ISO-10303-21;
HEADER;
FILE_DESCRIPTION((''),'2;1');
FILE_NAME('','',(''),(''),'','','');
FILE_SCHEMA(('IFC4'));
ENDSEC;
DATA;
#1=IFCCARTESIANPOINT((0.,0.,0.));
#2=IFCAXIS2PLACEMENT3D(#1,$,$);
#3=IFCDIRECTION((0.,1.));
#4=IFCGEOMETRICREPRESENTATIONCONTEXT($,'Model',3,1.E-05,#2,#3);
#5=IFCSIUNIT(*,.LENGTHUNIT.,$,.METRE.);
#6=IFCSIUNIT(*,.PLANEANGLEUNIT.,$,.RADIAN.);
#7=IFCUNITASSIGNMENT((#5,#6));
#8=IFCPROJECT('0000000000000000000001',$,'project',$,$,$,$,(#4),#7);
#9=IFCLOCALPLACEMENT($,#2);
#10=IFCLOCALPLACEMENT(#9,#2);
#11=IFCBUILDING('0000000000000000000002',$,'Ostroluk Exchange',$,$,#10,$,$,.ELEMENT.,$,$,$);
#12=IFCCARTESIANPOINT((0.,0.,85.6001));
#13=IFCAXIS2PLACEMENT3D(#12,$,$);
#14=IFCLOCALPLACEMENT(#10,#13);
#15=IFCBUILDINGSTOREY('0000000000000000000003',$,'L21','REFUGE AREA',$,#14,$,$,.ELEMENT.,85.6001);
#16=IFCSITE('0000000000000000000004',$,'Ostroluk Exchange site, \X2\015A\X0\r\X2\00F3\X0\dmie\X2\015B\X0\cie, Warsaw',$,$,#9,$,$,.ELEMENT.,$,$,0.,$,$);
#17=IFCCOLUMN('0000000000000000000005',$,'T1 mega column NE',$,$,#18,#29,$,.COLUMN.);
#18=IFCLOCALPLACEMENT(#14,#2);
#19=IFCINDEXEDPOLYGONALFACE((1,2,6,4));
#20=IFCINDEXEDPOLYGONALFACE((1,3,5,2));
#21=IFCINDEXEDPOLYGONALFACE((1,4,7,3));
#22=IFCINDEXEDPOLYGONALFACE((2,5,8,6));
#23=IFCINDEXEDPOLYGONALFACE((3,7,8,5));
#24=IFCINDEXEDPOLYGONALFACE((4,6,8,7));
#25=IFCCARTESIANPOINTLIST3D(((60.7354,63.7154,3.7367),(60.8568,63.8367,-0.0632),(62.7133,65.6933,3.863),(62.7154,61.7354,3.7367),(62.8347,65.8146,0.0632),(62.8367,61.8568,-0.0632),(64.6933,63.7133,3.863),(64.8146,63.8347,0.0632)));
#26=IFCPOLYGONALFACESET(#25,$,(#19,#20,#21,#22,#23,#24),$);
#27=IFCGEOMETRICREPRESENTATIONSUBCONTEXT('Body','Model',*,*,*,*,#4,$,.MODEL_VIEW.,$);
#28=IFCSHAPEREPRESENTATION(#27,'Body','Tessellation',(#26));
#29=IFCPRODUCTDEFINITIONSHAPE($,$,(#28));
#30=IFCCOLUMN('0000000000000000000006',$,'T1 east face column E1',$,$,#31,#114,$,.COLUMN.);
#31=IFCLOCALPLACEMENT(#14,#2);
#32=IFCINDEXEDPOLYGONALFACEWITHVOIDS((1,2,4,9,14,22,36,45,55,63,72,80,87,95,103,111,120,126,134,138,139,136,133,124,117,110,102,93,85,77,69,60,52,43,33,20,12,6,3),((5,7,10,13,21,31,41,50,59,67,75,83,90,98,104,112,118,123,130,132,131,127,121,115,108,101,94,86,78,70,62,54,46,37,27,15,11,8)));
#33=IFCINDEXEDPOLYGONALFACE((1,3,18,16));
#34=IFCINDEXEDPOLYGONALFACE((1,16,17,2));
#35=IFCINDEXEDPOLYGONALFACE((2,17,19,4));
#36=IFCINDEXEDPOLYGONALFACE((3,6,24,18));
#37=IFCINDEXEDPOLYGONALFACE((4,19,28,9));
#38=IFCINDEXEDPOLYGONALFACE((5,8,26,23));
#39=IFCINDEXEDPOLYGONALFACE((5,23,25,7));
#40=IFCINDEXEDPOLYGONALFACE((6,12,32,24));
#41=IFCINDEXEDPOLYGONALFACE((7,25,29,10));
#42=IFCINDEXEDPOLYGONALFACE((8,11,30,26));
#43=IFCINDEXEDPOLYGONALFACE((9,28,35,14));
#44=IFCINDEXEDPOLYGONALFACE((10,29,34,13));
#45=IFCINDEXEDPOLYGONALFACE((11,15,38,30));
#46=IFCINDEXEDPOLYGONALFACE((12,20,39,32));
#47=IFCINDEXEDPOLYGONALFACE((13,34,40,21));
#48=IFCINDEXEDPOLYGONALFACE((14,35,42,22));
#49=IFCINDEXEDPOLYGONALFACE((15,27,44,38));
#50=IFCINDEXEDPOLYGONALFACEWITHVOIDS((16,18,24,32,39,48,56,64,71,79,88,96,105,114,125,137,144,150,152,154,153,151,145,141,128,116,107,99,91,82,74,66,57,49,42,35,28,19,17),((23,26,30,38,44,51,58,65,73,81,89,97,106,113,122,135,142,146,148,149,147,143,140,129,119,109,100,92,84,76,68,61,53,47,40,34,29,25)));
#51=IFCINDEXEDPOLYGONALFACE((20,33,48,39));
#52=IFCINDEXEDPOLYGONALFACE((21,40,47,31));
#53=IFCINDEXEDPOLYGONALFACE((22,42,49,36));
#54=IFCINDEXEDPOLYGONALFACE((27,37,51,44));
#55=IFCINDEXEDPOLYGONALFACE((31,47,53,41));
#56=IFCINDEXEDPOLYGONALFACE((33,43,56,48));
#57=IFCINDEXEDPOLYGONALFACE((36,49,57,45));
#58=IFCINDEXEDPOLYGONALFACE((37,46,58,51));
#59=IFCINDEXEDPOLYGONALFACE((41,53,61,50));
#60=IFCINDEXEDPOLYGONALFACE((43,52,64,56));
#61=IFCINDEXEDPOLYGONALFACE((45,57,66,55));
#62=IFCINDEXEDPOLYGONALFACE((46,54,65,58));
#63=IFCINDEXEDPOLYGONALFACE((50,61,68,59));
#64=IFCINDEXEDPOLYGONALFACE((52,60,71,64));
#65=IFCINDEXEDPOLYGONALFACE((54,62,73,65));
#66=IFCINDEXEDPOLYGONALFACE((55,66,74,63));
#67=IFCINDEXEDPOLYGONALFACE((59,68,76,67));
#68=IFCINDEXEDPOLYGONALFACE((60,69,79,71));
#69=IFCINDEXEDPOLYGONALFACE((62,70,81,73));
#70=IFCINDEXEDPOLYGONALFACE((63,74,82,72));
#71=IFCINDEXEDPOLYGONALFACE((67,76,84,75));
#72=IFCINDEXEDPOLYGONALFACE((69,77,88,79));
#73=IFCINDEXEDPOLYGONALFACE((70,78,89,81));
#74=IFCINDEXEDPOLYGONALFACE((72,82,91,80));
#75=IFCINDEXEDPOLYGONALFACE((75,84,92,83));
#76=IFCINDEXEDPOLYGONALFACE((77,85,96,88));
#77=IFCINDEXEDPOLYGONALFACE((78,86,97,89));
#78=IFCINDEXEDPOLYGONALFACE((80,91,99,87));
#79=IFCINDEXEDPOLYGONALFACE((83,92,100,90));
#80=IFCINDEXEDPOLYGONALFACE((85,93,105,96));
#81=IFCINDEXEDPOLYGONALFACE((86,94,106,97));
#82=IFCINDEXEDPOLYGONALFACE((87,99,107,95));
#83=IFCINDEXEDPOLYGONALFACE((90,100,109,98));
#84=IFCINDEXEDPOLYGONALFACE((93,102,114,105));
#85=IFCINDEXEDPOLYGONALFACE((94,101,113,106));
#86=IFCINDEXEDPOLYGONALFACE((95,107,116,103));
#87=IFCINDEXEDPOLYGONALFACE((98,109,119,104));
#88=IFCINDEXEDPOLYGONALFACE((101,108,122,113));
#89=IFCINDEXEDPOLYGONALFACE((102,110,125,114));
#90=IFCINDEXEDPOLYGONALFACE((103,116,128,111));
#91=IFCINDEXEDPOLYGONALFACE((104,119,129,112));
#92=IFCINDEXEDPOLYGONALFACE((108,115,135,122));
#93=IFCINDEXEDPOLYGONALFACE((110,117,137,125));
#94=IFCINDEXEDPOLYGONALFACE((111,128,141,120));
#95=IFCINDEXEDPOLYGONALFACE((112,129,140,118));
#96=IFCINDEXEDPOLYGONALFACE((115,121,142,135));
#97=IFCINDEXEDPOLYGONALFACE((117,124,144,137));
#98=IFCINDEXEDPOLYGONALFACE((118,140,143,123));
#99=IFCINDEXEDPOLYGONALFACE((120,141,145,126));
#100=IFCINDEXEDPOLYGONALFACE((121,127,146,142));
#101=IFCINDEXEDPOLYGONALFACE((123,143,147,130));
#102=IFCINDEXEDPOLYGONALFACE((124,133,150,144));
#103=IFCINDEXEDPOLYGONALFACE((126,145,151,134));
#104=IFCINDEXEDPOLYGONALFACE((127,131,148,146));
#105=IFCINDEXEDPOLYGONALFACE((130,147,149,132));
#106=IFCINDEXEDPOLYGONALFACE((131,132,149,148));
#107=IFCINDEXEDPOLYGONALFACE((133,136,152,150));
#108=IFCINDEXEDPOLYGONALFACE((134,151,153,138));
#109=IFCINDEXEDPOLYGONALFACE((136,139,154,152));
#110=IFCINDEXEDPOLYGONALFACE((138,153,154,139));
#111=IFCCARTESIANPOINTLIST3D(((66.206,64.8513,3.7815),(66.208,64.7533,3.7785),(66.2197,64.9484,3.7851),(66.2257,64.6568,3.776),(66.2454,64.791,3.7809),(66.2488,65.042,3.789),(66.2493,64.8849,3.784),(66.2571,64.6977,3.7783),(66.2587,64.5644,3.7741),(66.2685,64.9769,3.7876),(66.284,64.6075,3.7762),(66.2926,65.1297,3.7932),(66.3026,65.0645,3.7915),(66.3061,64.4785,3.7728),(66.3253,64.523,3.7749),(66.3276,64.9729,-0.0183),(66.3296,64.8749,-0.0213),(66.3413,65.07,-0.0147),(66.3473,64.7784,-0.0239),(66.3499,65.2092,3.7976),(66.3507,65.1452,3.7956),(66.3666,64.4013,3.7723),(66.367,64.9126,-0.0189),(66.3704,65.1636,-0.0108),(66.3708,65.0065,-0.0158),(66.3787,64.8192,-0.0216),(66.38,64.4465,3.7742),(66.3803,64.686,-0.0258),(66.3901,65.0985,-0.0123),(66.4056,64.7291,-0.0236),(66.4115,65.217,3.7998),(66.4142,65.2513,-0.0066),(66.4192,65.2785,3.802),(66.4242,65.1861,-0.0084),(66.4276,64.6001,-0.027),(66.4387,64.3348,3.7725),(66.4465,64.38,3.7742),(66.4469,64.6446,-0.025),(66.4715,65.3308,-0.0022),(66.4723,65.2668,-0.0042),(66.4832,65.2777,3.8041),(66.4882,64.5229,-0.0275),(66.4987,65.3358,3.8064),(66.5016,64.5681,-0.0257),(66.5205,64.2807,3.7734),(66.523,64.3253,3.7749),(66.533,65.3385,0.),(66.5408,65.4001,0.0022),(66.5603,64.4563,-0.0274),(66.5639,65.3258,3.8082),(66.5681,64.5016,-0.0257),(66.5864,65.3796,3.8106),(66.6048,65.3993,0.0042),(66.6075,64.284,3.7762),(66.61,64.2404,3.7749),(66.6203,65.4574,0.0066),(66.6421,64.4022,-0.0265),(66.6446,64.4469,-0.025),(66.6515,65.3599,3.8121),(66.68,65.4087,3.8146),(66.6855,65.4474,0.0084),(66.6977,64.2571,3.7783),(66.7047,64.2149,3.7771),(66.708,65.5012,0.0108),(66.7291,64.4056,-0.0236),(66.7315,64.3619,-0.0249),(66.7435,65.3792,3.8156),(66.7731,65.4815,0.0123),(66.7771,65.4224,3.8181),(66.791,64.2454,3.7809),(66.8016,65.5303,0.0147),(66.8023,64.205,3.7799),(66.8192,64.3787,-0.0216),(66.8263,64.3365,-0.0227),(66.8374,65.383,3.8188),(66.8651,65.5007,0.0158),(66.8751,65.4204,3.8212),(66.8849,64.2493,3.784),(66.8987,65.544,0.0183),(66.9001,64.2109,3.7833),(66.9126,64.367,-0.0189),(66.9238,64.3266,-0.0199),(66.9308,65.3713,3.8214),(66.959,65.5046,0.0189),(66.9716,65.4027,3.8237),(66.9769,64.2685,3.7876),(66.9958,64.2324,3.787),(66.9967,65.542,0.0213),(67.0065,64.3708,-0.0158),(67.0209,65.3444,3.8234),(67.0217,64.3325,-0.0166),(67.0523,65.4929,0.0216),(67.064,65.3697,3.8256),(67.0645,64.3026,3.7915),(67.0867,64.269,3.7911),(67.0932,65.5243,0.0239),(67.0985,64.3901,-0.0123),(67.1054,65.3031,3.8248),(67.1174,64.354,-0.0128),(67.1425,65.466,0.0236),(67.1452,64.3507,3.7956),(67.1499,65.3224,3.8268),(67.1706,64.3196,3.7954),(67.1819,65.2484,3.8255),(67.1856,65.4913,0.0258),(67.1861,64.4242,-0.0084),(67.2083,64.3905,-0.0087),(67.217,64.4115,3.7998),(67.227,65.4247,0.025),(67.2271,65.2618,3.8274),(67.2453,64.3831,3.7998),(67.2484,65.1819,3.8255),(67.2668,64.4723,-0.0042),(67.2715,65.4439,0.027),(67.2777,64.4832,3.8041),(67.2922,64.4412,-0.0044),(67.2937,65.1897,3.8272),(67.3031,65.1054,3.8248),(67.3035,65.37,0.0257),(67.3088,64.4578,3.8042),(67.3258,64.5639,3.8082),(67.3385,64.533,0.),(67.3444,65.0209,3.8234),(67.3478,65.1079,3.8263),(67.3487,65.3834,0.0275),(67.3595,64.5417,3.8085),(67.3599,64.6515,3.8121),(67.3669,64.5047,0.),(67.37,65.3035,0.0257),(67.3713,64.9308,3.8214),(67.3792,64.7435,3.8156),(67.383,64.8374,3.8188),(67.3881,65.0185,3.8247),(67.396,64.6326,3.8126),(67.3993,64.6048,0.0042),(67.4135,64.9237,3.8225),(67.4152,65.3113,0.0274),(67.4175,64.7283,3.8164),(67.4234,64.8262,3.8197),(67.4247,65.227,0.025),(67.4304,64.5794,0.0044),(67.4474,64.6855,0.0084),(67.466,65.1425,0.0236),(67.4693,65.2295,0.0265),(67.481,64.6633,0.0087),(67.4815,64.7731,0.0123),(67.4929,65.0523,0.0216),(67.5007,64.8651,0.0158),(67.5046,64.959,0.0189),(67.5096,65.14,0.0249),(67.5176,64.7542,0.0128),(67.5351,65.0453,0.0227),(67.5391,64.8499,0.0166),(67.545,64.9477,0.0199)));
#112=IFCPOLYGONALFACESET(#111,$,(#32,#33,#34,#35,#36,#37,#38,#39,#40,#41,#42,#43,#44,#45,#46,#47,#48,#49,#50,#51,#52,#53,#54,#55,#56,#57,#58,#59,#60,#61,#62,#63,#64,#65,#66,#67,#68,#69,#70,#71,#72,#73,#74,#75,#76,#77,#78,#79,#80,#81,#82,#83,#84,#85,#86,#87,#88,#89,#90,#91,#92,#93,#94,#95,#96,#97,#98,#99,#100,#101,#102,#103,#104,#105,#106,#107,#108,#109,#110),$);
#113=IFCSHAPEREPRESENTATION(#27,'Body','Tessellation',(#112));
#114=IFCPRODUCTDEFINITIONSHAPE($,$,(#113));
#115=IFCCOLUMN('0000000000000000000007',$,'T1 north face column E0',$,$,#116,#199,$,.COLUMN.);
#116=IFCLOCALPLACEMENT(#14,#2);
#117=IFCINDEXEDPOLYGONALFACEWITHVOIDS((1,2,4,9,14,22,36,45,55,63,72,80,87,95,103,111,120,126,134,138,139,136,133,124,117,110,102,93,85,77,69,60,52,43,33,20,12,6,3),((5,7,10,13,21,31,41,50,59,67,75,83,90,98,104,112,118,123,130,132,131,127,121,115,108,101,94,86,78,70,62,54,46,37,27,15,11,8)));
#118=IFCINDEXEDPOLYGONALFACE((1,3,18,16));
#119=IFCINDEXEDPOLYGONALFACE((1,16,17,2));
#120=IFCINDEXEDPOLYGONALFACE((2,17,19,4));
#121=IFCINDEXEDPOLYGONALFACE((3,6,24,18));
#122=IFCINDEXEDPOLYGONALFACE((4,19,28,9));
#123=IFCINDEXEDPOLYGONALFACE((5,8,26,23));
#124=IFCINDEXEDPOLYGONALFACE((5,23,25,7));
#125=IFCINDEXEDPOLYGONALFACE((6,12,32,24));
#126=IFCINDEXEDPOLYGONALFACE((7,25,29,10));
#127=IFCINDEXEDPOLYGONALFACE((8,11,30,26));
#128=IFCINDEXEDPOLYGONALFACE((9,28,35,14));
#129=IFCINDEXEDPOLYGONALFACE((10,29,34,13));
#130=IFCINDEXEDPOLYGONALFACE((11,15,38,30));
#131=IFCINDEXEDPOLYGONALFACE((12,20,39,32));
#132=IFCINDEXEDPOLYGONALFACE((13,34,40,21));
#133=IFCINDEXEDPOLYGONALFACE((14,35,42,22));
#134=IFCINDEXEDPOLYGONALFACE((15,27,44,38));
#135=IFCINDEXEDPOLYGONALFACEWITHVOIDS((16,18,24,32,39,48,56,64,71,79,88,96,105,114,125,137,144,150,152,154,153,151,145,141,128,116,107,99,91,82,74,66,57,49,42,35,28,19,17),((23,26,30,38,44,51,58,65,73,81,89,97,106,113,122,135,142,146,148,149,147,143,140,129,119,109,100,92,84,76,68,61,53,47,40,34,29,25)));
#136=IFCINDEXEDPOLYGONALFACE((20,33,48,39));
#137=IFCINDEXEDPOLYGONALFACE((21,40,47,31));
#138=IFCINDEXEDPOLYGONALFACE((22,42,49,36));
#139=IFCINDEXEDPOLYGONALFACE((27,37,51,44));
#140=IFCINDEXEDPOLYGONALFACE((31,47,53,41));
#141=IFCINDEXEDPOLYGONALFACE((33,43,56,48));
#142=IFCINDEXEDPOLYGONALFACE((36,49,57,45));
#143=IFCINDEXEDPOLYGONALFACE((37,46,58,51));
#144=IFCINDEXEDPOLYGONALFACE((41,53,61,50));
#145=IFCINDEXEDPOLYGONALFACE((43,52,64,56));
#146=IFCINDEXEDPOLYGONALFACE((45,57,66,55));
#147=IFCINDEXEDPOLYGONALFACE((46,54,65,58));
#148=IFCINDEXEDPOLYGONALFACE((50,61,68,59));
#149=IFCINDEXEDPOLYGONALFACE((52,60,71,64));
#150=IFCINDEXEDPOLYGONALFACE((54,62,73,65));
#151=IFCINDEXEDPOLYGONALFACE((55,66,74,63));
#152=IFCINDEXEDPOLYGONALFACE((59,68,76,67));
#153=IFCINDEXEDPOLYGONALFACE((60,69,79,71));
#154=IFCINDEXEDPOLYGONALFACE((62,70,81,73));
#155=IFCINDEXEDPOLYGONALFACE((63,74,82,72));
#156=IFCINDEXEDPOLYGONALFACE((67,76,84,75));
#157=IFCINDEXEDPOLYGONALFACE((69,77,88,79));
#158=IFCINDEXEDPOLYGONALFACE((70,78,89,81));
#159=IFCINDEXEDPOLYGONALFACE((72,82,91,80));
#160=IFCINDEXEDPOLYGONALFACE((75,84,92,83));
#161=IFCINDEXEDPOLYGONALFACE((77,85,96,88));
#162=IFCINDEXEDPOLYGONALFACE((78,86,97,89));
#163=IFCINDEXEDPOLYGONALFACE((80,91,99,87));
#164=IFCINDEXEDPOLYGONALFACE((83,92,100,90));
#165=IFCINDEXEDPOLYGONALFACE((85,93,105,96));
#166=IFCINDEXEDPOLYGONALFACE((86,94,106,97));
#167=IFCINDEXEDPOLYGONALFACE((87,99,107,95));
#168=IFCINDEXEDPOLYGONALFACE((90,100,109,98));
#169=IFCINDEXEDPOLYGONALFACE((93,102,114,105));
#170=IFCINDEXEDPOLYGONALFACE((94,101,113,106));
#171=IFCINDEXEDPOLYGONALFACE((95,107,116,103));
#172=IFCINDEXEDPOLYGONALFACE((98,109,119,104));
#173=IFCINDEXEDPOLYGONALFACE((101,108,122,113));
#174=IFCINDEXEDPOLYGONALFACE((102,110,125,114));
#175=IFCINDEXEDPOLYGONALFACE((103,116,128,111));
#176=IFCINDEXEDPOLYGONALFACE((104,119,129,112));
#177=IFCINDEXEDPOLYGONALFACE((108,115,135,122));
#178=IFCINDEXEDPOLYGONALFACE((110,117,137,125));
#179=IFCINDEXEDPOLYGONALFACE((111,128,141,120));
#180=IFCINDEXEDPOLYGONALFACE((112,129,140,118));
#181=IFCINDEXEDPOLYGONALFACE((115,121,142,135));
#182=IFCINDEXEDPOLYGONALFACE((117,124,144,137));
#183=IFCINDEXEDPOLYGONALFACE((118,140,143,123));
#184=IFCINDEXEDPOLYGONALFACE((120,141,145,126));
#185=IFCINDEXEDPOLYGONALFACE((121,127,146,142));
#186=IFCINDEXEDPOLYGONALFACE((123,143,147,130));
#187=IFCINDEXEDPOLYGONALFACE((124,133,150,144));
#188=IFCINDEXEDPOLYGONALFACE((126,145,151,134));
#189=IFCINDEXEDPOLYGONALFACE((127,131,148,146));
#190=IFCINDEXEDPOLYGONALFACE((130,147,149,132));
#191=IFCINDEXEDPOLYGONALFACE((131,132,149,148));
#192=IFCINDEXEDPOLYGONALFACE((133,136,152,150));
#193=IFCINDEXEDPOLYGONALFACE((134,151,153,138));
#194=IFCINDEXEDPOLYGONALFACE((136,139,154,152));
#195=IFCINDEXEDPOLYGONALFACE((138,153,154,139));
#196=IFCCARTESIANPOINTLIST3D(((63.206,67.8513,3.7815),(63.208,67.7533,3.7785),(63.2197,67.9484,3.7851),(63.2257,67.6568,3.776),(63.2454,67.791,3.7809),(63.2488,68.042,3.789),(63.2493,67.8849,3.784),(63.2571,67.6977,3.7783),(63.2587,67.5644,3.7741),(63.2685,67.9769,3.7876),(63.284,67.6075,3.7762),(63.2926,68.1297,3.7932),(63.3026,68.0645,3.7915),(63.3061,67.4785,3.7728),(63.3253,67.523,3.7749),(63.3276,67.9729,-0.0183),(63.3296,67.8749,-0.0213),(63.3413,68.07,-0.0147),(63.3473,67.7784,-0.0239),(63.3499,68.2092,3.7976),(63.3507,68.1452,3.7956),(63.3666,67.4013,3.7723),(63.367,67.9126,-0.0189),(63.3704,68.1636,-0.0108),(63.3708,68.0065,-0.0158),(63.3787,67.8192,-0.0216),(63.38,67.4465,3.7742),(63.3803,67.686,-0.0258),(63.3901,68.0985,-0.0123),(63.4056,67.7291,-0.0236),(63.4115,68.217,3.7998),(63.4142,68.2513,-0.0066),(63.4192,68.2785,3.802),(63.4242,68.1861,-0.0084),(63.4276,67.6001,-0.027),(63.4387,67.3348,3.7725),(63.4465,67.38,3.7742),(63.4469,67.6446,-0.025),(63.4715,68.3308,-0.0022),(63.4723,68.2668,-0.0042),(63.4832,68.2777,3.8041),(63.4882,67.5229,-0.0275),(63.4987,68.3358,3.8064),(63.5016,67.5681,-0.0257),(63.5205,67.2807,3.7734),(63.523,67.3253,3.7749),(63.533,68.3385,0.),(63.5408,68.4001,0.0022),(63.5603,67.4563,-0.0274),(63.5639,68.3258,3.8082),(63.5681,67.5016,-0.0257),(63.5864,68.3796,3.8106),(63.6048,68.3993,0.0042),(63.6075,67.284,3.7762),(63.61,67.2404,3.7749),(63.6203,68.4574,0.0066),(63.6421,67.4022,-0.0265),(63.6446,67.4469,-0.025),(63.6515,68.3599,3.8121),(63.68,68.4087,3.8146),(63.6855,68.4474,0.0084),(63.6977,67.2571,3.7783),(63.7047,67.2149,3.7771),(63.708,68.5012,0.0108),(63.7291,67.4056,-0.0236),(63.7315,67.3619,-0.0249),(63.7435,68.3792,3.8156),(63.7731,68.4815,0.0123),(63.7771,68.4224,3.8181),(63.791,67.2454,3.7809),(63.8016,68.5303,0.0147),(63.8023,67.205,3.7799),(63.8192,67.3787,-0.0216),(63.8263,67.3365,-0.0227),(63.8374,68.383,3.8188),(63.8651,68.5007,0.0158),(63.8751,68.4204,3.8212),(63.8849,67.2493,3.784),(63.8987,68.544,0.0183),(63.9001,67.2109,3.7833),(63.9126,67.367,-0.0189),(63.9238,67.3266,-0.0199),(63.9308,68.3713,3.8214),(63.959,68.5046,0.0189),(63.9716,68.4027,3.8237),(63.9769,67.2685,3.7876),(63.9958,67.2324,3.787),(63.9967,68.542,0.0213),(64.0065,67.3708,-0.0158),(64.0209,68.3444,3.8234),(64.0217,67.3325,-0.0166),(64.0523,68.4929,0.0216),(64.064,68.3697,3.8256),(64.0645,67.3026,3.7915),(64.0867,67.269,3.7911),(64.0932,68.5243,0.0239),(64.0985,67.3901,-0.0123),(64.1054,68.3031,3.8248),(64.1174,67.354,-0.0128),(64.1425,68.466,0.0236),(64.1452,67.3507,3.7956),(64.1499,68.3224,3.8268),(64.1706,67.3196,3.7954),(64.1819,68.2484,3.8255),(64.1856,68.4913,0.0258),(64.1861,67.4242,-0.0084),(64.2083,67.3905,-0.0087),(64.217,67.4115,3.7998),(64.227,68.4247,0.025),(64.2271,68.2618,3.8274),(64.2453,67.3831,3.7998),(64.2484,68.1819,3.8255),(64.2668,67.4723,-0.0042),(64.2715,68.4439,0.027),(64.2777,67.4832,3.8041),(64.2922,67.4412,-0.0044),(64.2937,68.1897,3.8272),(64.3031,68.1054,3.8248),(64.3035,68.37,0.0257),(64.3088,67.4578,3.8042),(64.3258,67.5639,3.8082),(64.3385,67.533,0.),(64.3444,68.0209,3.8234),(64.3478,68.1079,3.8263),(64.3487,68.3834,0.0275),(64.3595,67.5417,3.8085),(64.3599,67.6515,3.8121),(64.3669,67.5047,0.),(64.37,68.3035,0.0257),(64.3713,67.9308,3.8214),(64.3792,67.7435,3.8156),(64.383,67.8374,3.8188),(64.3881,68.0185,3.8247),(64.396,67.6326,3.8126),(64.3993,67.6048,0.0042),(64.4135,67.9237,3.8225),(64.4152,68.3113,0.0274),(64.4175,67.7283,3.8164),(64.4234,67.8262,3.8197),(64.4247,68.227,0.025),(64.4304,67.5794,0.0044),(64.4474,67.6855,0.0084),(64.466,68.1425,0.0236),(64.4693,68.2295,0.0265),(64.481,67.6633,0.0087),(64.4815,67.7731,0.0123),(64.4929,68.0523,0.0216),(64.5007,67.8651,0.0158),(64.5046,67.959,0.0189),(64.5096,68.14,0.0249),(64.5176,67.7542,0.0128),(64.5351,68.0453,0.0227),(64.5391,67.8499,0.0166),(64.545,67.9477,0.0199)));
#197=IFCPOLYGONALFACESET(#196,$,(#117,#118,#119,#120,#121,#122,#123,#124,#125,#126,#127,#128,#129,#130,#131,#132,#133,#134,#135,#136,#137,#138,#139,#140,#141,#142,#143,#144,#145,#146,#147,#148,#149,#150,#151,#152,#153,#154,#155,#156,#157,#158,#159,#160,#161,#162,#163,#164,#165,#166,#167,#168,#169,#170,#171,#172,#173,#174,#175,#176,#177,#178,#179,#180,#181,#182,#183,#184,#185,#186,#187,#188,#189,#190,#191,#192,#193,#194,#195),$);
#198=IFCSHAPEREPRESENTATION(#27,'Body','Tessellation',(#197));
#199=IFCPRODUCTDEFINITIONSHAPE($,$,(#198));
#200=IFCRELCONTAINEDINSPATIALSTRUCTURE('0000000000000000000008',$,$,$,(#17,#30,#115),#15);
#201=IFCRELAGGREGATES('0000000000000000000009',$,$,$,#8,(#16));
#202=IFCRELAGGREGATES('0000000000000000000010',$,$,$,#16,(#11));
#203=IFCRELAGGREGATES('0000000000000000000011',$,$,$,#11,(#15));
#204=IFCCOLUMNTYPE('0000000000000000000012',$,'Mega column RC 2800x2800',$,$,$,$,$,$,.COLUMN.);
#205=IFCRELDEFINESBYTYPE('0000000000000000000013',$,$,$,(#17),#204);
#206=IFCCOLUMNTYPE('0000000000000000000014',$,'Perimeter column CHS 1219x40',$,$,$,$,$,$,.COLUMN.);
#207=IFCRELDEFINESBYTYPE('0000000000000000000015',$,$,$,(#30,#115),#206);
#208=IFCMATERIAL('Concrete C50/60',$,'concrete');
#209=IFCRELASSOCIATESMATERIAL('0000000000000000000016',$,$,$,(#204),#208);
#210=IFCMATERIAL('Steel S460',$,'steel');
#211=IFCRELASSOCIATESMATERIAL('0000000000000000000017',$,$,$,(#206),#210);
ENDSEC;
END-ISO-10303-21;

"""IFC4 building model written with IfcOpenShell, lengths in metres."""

from ifc_helpers import new_model, si_unit, direction, frame, origin, origin_2d, place, context, subcontext, project, spatial, rectangle, hollow_circle, extrude, material, material_profile, profile_set, type_object, element, save


model = new_model("IFC4")

# Units and contexts
model_context = context("Model", 3, precision=1e-05, world=origin(), true_north=direction((0.0, 1.0)))
body_context = subcontext(model_context, "Body", "Model", "MODEL_VIEW")
ifc_project = project(units=[si_unit("LENGTHUNIT", "METRE"), si_unit("PLANEANGLEUNIT", "RADIAN")], contexts=[model_context])

# Site, building, storey
site_placement = place(None, origin())
site = spatial("IfcSite", under=ifc_project, at=site_placement, Name="Ostroluk Exchange site, Śródmieście, Warsaw", CompositionType="ELEMENT", RefElevation=0.0)
building_placement = place(site_placement, origin())
building = spatial("IfcBuilding", under=site, at=building_placement, Name="Ostroluk Exchange", CompositionType="ELEMENT")
storey_placement = place(building_placement, frame((0.0, 0.0, 85.6001)))
storey = spatial("IfcBuildingStorey", under=building, at=storey_placement, Name="L21", Description="REFUGE AREA", CompositionType="ELEMENT", Elevation=85.6001)

# Columns
ifc_material_1 = material(Name="Concrete C50/60", Category="concrete")
ifc_material_profile_1 = material_profile(ifc_material_1, rectangle(XDim=2.8, YDim=2.8, at=origin_2d()), Name="RC 2800x2800")
ifc_profile_set_1 = profile_set([ifc_material_profile_1], Name="Concrete C50/60")
column_type_1 = type_object("IfcColumnType", Name="Mega column RC 2800x2800", PredefinedType="COLUMN", material=ifc_profile_set_1)
column_placement = place(storey_placement, frame((62.8357, 63.8357, 0.0), z_axis=(-0.0319, -0.0319, 0.998982), x_axis=(0.707107, -0.707107, 0.0)))
element("IfcColumn", 1, at=column_placement, inside=storey, type_object=column_type_1, Name="T1 mega column NE", PredefinedType="COLUMN", context=body_context, shape_type="SweptSolid", body=[
    extrude(rectangle(XDim=2.8, YDim=2.8, at=origin_2d()), origin(), (0.0, 0.0, 1.0), 3.8037),
])
ifc_material_2 = material(Name="Steel S460", Category="steel")
ifc_material_profile_2 = material_profile(ifc_material_2, hollow_circle(Radius=0.6096, WallThickness=0.04, at=origin_2d()), Name="CHS 1219x40")
ifc_profile_set_2 = profile_set([ifc_material_profile_2], Name="Steel S460")
column_type_2 = type_object("IfcColumnType", Name="Perimeter column CHS 1219x40", PredefinedType="COLUMN", material=ifc_profile_set_2)
for number, where, z_axis, x_axis, name in (
    (2, (66.9358, 64.9358, 0.0), (-0.031964, -0.031964, 0.998978), (0.707107, -0.707107, 0.0), "T1 east face column E1"),
    (3, (63.9358, 67.9358, 0.0), (-0.031964, -0.031964, 0.998978), (0.707107, -0.707107, 0.0), "T1 north face column E0"),
):
    element("IfcColumn", number, at=place(storey_placement, frame(where, z_axis=z_axis, x_axis=x_axis)), inside=storey, type_object=column_type_2, Name=name, PredefinedType="COLUMN", context=body_context, shape_type="SweptSolid", body=[
        extrude(hollow_circle(Radius=0.6096, WallThickness=0.04, at=origin_2d()), origin(), (0.0, 0.0, 1.0), 3.8037),
    ])

save(model, "model.ifc")
